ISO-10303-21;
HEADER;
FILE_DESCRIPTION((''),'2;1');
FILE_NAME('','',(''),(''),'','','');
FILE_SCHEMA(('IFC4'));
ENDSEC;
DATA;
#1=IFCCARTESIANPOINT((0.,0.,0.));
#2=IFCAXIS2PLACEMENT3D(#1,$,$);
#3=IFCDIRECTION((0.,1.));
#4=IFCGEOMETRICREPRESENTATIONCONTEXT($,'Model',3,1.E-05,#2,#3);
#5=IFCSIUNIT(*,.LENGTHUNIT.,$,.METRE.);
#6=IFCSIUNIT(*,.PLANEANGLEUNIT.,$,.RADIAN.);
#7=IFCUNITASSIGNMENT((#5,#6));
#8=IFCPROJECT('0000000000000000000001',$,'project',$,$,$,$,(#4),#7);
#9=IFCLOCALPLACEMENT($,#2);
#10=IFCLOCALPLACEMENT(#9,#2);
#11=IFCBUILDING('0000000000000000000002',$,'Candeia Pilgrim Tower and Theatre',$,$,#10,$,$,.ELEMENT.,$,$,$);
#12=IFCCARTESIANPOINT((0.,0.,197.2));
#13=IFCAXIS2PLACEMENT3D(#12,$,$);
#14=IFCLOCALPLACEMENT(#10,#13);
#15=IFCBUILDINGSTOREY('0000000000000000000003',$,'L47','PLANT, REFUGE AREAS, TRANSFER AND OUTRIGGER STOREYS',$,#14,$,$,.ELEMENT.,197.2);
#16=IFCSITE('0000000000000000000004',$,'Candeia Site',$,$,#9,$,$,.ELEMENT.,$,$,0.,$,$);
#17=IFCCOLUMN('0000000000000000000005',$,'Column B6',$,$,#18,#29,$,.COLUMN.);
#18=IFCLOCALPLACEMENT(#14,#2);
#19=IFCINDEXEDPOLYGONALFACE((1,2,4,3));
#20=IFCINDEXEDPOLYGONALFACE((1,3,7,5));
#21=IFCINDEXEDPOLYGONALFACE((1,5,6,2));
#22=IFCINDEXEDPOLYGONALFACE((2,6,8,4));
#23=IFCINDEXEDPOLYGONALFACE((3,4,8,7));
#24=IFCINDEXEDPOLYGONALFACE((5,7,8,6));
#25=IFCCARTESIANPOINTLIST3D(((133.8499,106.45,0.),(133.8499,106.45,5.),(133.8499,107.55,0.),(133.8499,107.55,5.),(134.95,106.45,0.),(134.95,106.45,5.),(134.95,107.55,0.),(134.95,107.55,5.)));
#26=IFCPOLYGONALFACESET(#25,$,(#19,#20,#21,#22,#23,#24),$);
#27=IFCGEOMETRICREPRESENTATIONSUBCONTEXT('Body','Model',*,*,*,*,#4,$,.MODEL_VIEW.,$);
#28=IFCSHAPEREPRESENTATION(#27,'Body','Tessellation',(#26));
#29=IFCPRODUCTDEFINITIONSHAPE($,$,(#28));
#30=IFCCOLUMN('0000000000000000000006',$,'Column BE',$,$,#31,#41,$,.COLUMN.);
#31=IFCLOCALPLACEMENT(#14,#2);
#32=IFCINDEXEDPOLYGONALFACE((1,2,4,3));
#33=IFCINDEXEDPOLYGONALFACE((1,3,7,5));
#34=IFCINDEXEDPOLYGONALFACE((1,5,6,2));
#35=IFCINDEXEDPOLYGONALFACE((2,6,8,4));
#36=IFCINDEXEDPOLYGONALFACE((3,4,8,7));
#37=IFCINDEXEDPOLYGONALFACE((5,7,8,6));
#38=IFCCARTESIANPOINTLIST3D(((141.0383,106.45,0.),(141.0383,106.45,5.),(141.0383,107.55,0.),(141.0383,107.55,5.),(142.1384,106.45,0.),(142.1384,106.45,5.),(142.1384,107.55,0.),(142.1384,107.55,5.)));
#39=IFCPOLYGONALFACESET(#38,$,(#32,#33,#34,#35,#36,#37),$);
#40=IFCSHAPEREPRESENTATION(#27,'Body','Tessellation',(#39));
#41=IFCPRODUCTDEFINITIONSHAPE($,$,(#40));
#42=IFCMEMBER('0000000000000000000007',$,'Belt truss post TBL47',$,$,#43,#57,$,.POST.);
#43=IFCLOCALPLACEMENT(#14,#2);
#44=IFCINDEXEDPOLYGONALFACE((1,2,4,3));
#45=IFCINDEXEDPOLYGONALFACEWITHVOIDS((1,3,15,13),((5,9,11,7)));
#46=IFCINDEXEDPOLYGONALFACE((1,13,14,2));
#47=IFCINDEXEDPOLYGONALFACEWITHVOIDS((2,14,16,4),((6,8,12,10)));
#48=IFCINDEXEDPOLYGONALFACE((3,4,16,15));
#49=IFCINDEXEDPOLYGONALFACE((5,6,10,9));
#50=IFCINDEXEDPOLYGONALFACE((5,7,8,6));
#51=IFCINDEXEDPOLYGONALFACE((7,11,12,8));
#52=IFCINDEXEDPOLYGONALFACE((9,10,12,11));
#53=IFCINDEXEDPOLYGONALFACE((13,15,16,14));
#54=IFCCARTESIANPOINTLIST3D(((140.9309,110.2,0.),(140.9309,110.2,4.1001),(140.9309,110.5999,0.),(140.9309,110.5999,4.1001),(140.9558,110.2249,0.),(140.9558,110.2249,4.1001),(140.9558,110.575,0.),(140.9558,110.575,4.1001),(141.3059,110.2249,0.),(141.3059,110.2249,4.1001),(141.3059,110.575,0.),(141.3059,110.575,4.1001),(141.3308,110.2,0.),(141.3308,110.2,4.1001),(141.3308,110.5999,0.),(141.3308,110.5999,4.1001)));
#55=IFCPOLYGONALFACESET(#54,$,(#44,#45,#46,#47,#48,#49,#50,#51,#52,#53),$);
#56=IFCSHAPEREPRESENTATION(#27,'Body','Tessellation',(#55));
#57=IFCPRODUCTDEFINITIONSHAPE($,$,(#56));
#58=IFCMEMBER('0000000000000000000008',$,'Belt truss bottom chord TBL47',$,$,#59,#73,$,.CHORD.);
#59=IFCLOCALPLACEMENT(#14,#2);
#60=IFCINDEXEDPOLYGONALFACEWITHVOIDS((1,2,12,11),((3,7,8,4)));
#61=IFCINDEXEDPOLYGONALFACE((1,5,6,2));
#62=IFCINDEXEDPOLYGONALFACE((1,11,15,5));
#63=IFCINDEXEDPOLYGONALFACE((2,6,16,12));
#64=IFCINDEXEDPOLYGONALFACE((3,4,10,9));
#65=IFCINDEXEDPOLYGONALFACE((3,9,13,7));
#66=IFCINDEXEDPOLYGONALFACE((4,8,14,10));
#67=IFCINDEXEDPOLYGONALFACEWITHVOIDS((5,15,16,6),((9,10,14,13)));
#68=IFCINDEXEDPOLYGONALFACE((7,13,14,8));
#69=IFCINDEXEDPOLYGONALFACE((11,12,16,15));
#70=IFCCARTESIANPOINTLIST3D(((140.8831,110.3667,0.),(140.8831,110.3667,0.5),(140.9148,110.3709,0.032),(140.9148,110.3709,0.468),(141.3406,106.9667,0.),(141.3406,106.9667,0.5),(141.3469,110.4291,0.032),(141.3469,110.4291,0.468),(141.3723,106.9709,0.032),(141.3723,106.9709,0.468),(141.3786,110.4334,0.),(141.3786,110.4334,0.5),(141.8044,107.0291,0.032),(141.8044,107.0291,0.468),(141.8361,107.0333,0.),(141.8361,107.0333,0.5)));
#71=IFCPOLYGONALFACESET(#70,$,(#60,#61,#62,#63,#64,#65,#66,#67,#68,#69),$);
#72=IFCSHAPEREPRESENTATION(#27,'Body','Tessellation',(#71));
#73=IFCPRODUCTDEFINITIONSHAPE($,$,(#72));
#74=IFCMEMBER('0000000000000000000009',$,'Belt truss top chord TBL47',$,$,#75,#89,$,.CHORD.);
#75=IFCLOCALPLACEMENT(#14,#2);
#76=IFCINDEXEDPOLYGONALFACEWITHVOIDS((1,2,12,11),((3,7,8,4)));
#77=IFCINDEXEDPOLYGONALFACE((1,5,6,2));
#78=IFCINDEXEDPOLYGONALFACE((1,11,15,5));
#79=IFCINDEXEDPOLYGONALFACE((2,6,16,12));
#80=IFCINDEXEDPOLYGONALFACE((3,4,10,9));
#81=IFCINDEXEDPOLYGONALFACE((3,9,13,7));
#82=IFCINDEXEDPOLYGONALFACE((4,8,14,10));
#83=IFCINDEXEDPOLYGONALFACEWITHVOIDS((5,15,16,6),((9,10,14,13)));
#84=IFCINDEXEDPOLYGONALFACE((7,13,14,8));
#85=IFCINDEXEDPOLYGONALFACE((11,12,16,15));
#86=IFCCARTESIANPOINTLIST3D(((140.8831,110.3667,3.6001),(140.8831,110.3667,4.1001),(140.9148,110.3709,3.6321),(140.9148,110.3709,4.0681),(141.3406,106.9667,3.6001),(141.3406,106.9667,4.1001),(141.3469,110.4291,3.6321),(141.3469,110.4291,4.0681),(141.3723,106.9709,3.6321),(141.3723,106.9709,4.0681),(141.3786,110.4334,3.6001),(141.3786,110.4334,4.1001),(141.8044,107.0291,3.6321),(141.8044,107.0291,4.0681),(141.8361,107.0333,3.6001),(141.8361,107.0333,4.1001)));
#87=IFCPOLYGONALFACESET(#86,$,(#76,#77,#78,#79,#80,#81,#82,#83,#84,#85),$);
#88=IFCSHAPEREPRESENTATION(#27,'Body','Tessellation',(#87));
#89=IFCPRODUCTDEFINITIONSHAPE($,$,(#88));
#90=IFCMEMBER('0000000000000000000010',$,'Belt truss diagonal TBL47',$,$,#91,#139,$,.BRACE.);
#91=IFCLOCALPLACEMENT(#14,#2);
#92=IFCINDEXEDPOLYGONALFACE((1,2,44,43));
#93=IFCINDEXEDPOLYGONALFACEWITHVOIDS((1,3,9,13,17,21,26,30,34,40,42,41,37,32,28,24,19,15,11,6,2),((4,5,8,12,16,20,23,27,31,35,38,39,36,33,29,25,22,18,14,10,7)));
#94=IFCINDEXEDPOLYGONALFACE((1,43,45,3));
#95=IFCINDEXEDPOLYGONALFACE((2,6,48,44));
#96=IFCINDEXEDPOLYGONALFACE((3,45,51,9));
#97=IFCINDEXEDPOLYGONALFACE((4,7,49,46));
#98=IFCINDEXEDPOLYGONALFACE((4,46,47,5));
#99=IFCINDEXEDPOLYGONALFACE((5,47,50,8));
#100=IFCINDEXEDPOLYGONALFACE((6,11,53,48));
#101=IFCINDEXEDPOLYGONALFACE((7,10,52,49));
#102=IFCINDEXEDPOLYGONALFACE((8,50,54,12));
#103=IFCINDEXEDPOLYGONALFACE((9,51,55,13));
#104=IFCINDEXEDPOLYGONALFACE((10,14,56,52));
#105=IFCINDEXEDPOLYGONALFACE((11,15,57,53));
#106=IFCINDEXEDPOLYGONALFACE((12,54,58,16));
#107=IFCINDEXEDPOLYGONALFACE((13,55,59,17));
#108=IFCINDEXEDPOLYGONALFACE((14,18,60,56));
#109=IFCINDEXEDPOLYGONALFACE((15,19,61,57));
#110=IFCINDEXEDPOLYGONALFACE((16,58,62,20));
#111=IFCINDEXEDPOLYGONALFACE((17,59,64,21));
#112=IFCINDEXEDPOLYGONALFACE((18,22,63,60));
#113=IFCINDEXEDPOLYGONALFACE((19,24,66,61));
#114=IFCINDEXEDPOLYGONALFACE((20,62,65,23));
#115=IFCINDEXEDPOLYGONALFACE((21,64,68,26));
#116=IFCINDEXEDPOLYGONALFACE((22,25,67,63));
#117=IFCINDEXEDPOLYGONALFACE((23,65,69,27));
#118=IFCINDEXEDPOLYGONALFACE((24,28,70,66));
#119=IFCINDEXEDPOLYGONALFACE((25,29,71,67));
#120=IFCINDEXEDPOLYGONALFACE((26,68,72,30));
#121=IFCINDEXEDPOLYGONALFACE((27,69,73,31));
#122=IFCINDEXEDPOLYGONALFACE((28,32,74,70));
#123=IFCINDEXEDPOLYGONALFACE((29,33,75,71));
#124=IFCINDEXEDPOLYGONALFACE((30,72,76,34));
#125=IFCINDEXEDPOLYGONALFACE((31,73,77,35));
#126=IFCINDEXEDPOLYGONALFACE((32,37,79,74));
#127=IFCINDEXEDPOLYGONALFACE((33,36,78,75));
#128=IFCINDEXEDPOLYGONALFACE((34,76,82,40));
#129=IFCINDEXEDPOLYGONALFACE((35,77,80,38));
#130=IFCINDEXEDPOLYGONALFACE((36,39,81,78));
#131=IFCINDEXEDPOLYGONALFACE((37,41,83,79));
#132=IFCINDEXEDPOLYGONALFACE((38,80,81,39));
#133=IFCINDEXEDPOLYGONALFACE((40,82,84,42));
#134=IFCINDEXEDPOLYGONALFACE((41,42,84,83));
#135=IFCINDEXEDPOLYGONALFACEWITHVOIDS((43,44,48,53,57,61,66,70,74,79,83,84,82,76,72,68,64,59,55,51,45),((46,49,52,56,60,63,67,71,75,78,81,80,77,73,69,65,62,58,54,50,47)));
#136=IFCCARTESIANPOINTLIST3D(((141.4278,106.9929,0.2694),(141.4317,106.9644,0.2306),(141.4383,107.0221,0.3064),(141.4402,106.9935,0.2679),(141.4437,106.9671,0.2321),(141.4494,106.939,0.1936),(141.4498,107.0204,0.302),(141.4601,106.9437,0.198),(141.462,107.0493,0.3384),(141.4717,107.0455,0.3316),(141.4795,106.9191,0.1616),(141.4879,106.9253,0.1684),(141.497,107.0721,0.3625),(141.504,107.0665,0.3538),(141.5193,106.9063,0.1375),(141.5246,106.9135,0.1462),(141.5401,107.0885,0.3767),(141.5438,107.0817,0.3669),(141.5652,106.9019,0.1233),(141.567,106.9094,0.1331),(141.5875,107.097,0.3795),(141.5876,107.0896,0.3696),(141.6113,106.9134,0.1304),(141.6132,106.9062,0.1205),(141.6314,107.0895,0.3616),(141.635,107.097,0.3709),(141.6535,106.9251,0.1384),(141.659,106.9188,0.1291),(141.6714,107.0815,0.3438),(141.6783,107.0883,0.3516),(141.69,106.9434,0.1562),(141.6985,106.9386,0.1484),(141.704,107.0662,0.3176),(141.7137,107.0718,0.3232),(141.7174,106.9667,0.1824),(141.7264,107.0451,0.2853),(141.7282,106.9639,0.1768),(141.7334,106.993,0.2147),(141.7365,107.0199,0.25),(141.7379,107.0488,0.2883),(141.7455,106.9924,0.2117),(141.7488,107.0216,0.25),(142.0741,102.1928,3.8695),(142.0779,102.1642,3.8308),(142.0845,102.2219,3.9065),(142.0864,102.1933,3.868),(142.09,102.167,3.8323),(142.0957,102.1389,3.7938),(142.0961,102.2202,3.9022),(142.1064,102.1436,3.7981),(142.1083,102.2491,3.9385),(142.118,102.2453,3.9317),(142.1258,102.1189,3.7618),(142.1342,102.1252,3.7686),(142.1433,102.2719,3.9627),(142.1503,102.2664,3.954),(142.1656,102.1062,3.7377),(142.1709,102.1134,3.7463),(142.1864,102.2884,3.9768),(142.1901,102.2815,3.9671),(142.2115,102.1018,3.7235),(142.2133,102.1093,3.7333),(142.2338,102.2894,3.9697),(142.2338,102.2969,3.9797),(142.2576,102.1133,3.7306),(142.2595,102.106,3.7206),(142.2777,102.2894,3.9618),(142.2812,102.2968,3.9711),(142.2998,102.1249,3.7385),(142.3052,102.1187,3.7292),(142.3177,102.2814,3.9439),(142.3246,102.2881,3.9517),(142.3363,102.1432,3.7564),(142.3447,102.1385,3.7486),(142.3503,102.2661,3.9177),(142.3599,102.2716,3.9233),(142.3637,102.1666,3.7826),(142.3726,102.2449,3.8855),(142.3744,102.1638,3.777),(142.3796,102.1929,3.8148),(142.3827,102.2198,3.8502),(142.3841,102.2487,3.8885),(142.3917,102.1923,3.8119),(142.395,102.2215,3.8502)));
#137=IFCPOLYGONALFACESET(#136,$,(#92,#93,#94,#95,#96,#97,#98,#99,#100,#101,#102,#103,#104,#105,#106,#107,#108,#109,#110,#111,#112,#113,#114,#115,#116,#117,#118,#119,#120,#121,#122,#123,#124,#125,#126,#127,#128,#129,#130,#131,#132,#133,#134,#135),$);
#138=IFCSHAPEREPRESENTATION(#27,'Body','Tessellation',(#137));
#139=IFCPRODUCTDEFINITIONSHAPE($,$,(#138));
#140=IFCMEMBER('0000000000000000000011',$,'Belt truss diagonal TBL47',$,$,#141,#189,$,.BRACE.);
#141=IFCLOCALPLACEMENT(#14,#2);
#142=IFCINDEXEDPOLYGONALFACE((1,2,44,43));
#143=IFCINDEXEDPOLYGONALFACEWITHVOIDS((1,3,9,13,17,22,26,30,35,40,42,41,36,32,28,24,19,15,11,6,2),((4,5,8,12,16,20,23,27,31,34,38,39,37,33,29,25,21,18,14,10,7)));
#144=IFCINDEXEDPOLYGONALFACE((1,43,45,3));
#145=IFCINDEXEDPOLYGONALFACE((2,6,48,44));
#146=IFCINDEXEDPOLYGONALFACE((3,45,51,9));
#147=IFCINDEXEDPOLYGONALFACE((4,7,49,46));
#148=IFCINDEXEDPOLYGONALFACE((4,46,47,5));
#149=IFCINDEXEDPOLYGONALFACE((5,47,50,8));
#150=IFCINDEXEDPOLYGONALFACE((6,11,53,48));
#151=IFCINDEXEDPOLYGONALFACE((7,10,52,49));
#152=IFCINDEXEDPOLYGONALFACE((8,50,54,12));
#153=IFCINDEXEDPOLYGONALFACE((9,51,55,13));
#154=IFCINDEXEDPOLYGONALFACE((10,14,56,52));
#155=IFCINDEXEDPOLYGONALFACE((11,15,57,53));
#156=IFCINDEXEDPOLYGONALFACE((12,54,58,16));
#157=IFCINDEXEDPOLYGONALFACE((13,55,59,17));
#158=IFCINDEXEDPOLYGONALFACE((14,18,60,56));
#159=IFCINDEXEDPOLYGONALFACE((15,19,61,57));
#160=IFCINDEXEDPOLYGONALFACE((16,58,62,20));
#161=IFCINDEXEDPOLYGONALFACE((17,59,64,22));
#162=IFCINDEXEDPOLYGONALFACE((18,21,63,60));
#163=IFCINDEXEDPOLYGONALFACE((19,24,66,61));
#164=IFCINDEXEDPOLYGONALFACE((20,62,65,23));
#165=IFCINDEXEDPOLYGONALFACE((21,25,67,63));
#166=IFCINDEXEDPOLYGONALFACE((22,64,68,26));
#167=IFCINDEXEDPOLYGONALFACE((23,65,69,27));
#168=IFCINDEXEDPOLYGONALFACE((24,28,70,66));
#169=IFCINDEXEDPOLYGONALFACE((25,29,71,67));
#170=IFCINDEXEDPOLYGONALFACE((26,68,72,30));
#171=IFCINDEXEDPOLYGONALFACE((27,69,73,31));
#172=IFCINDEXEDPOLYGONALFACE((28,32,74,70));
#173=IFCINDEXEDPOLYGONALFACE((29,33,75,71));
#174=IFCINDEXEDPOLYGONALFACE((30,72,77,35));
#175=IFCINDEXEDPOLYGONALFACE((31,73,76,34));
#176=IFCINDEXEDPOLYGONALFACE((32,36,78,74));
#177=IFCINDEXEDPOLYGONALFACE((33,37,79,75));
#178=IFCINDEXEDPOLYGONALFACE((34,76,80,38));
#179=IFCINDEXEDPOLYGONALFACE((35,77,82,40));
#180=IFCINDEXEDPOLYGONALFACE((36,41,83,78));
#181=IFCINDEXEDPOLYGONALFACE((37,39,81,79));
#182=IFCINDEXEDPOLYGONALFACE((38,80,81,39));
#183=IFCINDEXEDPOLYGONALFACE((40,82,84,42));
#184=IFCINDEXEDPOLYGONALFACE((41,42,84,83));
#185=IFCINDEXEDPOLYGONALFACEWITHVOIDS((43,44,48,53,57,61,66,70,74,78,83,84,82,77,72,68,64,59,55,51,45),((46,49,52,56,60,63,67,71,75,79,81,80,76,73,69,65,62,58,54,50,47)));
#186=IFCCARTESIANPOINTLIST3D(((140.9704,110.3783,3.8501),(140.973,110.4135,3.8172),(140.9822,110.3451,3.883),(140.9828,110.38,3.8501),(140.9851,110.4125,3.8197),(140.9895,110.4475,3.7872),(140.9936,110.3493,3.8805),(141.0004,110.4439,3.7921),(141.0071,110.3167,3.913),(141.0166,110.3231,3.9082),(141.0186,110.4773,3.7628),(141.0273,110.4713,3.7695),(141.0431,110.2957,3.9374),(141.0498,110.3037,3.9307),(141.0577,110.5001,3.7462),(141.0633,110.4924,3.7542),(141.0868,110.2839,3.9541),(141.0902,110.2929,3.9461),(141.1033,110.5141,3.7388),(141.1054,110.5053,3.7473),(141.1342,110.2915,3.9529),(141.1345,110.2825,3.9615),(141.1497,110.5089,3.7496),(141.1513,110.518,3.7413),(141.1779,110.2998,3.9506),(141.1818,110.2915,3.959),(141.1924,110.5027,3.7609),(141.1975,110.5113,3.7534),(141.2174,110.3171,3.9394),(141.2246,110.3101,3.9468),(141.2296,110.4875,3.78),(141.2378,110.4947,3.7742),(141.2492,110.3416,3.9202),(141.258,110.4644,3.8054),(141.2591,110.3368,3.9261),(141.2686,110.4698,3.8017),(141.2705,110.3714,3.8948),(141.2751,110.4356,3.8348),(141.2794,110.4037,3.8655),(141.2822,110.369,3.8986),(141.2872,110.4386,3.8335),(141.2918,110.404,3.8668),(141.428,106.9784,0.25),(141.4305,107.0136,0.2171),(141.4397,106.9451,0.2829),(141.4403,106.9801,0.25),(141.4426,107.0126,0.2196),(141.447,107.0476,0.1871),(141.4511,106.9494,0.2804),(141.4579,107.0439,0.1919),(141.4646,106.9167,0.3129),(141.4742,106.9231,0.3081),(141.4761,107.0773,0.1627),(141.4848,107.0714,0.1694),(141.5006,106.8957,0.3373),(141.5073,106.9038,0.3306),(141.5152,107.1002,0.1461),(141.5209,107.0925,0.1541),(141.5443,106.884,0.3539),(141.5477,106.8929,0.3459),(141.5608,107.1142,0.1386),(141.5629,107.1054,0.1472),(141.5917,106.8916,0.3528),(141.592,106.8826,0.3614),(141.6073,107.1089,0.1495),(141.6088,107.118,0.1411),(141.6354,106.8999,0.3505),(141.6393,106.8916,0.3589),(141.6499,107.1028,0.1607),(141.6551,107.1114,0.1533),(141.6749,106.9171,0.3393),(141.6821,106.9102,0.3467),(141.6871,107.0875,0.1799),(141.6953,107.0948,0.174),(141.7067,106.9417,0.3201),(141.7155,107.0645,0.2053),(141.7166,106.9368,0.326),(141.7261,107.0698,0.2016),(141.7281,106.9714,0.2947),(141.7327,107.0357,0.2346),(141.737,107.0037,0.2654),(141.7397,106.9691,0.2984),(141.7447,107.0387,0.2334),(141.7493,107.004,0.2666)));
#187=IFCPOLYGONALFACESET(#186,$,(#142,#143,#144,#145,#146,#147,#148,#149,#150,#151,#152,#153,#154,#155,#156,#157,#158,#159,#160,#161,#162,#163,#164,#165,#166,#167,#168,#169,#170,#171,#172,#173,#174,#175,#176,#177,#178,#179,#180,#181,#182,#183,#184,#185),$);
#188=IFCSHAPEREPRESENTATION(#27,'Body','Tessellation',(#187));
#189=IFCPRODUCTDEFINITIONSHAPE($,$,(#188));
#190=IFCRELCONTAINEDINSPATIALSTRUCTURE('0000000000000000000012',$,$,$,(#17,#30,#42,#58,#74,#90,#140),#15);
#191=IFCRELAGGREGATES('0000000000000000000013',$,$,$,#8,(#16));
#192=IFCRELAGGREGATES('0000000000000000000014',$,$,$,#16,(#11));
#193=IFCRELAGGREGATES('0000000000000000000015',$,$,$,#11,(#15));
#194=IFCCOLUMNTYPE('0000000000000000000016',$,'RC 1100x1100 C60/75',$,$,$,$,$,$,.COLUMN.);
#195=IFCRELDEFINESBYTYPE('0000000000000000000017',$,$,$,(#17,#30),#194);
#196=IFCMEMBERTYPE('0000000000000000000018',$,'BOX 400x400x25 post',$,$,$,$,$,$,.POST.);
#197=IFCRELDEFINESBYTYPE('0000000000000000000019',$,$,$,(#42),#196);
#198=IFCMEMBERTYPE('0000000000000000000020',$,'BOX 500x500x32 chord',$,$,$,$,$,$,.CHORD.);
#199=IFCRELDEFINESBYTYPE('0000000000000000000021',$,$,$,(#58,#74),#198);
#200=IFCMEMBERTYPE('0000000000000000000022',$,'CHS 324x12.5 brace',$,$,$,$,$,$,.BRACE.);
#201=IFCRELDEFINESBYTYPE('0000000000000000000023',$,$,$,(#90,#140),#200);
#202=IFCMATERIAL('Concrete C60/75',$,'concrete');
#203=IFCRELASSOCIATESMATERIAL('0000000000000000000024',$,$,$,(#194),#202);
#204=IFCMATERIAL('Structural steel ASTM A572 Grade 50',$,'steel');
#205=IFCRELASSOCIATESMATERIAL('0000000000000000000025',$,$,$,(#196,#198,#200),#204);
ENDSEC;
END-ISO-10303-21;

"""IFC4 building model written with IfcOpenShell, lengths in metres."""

from ifc_helpers import new_model, si_unit, direction, frame, origin, origin_2d, place, context, subcontext, project, spatial, rectangle, hollow_rectangle, hollow_circle, extrude, material, material_profile, profile_set, type_object, element, save


model = new_model("IFC4")

# Units and contexts
model_context = context("Model", 3, precision=1e-05, world=origin(), true_north=direction((0.0, 1.0)))
body_context = subcontext(model_context, "Body", "Model", "MODEL_VIEW")
ifc_project = project(units=[si_unit("LENGTHUNIT", "METRE"), si_unit("PLANEANGLEUNIT", "RADIAN")], contexts=[model_context])

# Site, building, storey
site_placement = place(None, origin())
site = spatial("IfcSite", under=ifc_project, at=site_placement, Name="Candeia Site", CompositionType="ELEMENT", RefElevation=0.0)
building_placement = place(site_placement, origin())
building = spatial("IfcBuilding", under=site, at=building_placement, Name="Candeia Pilgrim Tower and Theatre", CompositionType="ELEMENT")
storey_placement = place(building_placement, frame((0.0, 0.0, 197.2)))
storey = spatial("IfcBuildingStorey", under=building, at=storey_placement, Name="L47", Description="PLANT, REFUGE AREAS, TRANSFER AND OUTRIGGER STOREYS", CompositionType="ELEMENT", Elevation=197.2)

# Columns
ifc_material_1 = material(Name="Concrete C60/75", Category="concrete")
ifc_material_profile_1 = material_profile(ifc_material_1, rectangle(XDim=1.1001, YDim=1.1001, at=origin_2d()))
ifc_profile_set_1 = profile_set([ifc_material_profile_1], Name="Concrete C60/75")
column_type = type_object("IfcColumnType", Name="RC 1100x1100 C60/75", PredefinedType="COLUMN", material=ifc_profile_set_1)
for number, where, z_axis, x_axis, name in (
    (1, (134.3999, 107.0, 0.0), (0.0, 0.0, 1.0), (1.0, 0.0, 0.0), "Column B6"),
    (2, (141.5884, 107.0, 0.0), (0.0, 0.0, 1.0), (1.0, 0.0, 0.0), "Column BE"),
):
    element("IfcColumn", number, at=place(storey_placement, frame(where, z_axis=z_axis, x_axis=x_axis)), inside=storey, type_object=column_type, Name=name, PredefinedType="COLUMN", context=body_context, shape_type="SweptSolid", body=[
        extrude(rectangle(XDim=1.1001, YDim=1.1001, at=origin_2d()), origin(), (0.0, 0.0, 1.0), 5.0),
    ])

# Members
ifc_material_2 = material(Name="Structural steel ASTM A572 Grade 50", Category="steel")
ifc_material_profile_2 = material_profile(ifc_material_2, hollow_rectangle(XDim=0.3999, YDim=0.3999, WallThickness=0.0249, at=origin_2d()))
ifc_profile_set_2 = profile_set([ifc_material_profile_2], Name="Structural steel ASTM A572 Grade 50")
member_type_1 = type_object("IfcMemberType", Name="BOX 400x400x25 post", PredefinedType="POST", material=ifc_profile_set_2)
member_1_placement = place(storey_placement, frame((141.1309, 110.3999, 0.0), z_axis=(0.0, 0.0, 1.0), x_axis=(1.0, 0.0, 0.0)))
element("IfcMember", 3, at=member_1_placement, inside=storey, type_object=member_type_1, Name="Belt truss post TBL47", PredefinedType="POST", context=body_context, shape_type="SweptSolid", body=[
    extrude(hollow_rectangle(XDim=0.3999, YDim=0.3999, WallThickness=0.0249, at=origin_2d()), origin(), (0.0, 0.0, 1.0), 4.1001),
])
ifc_material_profile_3 = material_profile(ifc_material_2, hollow_rectangle(XDim=0.5, YDim=0.5, WallThickness=0.032, at=origin_2d()))
ifc_profile_set_3 = profile_set([ifc_material_profile_3], Name="Structural steel ASTM A572 Grade 50")
member_type_2 = type_object("IfcMemberType", Name="BOX 500x500x32 chord", PredefinedType="CHORD", material=ifc_profile_set_3)
for number, where, z_axis, x_axis, name in (
    (4, (141.5884, 107.0, 0.25), (-0.133366, 0.991067, 0.0), (-0.991067, -0.133366, 0.0), "Belt truss bottom chord TBL47"),
    (5, (141.5884, 107.0, 3.8501), (-0.133366, 0.991067, 0.0), (-0.991067, -0.133366, 0.0), "Belt truss top chord TBL47"),
):
    element("IfcMember", number, at=place(storey_placement, frame(where, z_axis=z_axis, x_axis=x_axis)), inside=storey, type_object=member_type_2, Name=name, PredefinedType="CHORD", context=body_context, shape_type="SweptSolid", body=[
        extrude(hollow_rectangle(XDim=0.5, YDim=0.5, WallThickness=0.032, at=origin_2d()), origin(), (0.0, 0.0, 1.0), 3.4307),
    ])
ifc_material_profile_4 = material_profile(ifc_material_2, hollow_circle(Radius=0.1619, WallThickness=0.0125, at=origin_2d()))
ifc_profile_set_4 = profile_set([ifc_material_profile_4], Name="Structural steel ASTM A572 Grade 50")
member_type_3 = type_object("IfcMemberType", Name="CHS 324x12.5 brace", PredefinedType="BRACE", material=ifc_profile_set_4)
member_2_placement = place(storey_placement, frame((141.5884, 107.0, 0.25), z_axis=(0.107086, -0.795395, 0.596556), x_axis=(0.991058, 0.133428, 0.0)))
element("IfcMember", 6, at=member_2_placement, inside=storey, type_object=member_type_3, Name="Belt truss diagonal TBL47", PredefinedType="BRACE", context=body_context, shape_type="SweptSolid", body=[
    extrude(hollow_circle(Radius=0.1619, WallThickness=0.0125, at=origin_2d()), origin(), (0.0, 0.0, 1.0), 6.0349),
])
member_3_placement = place(storey_placement, frame((141.5884, 107.0, 0.25), z_axis=(-0.092003, 0.683691, 0.723949), x_axis=(-0.991067, -0.133366, 0.0)))
element("IfcMember", 7, at=member_3_placement, inside=storey, type_object=member_type_3, Name="Belt truss diagonal TBL47", PredefinedType="BRACE", context=body_context, shape_type="SweptSolid", body=[
    extrude(hollow_circle(Radius=0.1619, WallThickness=0.0125, at=origin_2d()), origin(), (0.0, 0.0, 1.0), 4.9729),
])

save(model, "model.ifc")
